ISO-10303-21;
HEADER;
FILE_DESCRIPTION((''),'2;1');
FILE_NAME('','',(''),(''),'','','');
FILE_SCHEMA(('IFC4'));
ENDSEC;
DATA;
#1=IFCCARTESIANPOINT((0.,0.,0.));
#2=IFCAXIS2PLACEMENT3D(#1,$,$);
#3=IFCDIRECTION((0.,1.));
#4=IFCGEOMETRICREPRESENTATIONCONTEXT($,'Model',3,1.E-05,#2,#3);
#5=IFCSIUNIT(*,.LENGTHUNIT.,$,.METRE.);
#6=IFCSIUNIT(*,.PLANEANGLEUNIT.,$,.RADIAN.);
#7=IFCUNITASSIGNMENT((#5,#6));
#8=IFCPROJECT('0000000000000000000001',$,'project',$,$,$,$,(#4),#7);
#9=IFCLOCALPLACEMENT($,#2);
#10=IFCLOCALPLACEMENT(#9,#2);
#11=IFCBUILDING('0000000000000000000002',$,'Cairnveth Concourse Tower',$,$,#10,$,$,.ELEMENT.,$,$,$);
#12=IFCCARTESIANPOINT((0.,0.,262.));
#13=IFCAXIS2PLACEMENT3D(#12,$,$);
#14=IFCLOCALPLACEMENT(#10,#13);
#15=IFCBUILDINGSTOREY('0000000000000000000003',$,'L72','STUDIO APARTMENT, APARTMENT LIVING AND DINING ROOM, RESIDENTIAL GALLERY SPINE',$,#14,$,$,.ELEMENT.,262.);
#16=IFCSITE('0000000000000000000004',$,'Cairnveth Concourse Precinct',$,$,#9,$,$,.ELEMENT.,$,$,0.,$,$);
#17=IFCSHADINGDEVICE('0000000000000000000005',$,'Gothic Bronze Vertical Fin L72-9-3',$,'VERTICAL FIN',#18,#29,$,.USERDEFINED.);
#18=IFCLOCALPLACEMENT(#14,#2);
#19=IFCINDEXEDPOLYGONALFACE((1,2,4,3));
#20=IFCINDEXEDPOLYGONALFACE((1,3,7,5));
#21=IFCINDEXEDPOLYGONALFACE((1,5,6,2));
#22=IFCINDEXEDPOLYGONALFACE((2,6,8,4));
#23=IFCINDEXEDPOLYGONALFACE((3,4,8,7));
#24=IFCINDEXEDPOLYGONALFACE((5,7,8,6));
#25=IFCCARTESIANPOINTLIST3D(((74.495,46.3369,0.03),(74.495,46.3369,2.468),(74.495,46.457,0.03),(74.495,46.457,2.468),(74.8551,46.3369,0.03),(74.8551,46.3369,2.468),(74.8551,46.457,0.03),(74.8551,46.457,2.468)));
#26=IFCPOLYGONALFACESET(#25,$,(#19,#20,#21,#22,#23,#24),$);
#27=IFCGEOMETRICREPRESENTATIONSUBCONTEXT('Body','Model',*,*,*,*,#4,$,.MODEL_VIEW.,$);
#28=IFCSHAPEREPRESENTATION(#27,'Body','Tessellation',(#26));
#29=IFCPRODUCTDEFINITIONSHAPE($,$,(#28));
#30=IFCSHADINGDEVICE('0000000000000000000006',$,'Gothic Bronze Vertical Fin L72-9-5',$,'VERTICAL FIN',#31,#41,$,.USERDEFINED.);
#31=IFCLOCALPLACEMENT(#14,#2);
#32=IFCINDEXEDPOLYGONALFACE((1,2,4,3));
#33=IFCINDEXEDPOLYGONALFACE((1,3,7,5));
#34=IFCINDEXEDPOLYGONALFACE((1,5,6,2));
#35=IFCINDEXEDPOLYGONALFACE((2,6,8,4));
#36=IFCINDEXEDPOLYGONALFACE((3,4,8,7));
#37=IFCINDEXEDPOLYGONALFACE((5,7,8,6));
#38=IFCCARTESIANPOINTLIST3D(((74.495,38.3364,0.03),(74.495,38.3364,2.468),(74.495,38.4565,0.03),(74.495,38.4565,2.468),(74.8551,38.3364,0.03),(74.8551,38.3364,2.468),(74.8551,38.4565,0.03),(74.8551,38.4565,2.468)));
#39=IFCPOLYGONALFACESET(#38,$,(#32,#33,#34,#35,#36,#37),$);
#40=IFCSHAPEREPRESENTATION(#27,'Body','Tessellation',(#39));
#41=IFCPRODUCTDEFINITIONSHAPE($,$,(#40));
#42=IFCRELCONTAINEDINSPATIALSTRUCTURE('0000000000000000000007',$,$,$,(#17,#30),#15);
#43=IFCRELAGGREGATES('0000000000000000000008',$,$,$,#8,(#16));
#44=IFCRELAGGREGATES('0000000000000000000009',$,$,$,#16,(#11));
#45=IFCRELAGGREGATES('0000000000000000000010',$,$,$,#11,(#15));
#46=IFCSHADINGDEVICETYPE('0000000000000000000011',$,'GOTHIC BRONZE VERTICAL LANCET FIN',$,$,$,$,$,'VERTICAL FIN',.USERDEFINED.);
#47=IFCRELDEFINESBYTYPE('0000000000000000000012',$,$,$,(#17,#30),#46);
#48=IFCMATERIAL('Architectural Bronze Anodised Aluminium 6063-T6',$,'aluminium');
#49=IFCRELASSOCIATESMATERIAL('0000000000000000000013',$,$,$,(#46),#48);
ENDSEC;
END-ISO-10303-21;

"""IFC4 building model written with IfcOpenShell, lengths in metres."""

from ifc_helpers import new_model, si_unit, direction, frame, origin, origin_2d, place, context, subcontext, project, spatial, rectangle, extrude, material, type_object, element, save


model = new_model("IFC4")

# Units and contexts
model_context = context("Model", 3, precision=1e-05, world=origin(), true_north=direction((0.0, 1.0)))
body_context = subcontext(model_context, "Body", "Model", "MODEL_VIEW")
ifc_project = project(units=[si_unit("LENGTHUNIT", "METRE"), si_unit("PLANEANGLEUNIT", "RADIAN")], contexts=[model_context])

# Site, building, storey
site_placement = place(None, origin())
site = spatial("IfcSite", under=ifc_project, at=site_placement, Name="Cairnveth Concourse Precinct", CompositionType="ELEMENT", RefElevation=0.0)
building_placement = place(site_placement, origin())
building = spatial("IfcBuilding", under=site, at=building_placement, Name="Cairnveth Concourse Tower", CompositionType="ELEMENT")
storey_placement = place(building_placement, frame((0.0, 0.0, 262.0)))
storey = spatial("IfcBuildingStorey", under=building, at=storey_placement, Name="L72", Description="STUDIO APARTMENT, APARTMENT LIVING AND DINING ROOM, RESIDENTIAL GALLERY SPINE", CompositionType="ELEMENT", Elevation=262.0)

# Shading devices
ifc_material_1 = material(Name="Architectural Bronze Anodised Aluminium 6063-T6", Category="aluminium")
shading_device_type = type_object("IfcShadingDeviceType", Name="GOTHIC BRONZE VERTICAL LANCET FIN", ElementType="VERTICAL FIN", PredefinedType="USERDEFINED", material=ifc_material_1)
for number, where, z_axis, x_axis, name in (
    (1, (74.675, 46.397, 0.03), (0.0, 0.0, 1.0), (0.0, 1.0, 0.0), "Gothic Bronze Vertical Fin L72-9-3"),
    (2, (74.675, 38.3965, 0.03), (0.0, 0.0, 1.0), (0.0, 1.0, 0.0), "Gothic Bronze Vertical Fin L72-9-5"),
):
    element("IfcShadingDevice", number, at=place(storey_placement, frame(where, z_axis=z_axis, x_axis=x_axis)), inside=storey, type_object=shading_device_type, Name=name, ObjectType="VERTICAL FIN", PredefinedType="USERDEFINED", context=body_context, shape_type="SweptSolid", body=[
        extrude(rectangle(XDim=0.1201, YDim=0.3601, at=origin_2d()), origin(), (0.0, 0.0, 1.0), 2.438),
    ])

save(model, "model.ifc")
